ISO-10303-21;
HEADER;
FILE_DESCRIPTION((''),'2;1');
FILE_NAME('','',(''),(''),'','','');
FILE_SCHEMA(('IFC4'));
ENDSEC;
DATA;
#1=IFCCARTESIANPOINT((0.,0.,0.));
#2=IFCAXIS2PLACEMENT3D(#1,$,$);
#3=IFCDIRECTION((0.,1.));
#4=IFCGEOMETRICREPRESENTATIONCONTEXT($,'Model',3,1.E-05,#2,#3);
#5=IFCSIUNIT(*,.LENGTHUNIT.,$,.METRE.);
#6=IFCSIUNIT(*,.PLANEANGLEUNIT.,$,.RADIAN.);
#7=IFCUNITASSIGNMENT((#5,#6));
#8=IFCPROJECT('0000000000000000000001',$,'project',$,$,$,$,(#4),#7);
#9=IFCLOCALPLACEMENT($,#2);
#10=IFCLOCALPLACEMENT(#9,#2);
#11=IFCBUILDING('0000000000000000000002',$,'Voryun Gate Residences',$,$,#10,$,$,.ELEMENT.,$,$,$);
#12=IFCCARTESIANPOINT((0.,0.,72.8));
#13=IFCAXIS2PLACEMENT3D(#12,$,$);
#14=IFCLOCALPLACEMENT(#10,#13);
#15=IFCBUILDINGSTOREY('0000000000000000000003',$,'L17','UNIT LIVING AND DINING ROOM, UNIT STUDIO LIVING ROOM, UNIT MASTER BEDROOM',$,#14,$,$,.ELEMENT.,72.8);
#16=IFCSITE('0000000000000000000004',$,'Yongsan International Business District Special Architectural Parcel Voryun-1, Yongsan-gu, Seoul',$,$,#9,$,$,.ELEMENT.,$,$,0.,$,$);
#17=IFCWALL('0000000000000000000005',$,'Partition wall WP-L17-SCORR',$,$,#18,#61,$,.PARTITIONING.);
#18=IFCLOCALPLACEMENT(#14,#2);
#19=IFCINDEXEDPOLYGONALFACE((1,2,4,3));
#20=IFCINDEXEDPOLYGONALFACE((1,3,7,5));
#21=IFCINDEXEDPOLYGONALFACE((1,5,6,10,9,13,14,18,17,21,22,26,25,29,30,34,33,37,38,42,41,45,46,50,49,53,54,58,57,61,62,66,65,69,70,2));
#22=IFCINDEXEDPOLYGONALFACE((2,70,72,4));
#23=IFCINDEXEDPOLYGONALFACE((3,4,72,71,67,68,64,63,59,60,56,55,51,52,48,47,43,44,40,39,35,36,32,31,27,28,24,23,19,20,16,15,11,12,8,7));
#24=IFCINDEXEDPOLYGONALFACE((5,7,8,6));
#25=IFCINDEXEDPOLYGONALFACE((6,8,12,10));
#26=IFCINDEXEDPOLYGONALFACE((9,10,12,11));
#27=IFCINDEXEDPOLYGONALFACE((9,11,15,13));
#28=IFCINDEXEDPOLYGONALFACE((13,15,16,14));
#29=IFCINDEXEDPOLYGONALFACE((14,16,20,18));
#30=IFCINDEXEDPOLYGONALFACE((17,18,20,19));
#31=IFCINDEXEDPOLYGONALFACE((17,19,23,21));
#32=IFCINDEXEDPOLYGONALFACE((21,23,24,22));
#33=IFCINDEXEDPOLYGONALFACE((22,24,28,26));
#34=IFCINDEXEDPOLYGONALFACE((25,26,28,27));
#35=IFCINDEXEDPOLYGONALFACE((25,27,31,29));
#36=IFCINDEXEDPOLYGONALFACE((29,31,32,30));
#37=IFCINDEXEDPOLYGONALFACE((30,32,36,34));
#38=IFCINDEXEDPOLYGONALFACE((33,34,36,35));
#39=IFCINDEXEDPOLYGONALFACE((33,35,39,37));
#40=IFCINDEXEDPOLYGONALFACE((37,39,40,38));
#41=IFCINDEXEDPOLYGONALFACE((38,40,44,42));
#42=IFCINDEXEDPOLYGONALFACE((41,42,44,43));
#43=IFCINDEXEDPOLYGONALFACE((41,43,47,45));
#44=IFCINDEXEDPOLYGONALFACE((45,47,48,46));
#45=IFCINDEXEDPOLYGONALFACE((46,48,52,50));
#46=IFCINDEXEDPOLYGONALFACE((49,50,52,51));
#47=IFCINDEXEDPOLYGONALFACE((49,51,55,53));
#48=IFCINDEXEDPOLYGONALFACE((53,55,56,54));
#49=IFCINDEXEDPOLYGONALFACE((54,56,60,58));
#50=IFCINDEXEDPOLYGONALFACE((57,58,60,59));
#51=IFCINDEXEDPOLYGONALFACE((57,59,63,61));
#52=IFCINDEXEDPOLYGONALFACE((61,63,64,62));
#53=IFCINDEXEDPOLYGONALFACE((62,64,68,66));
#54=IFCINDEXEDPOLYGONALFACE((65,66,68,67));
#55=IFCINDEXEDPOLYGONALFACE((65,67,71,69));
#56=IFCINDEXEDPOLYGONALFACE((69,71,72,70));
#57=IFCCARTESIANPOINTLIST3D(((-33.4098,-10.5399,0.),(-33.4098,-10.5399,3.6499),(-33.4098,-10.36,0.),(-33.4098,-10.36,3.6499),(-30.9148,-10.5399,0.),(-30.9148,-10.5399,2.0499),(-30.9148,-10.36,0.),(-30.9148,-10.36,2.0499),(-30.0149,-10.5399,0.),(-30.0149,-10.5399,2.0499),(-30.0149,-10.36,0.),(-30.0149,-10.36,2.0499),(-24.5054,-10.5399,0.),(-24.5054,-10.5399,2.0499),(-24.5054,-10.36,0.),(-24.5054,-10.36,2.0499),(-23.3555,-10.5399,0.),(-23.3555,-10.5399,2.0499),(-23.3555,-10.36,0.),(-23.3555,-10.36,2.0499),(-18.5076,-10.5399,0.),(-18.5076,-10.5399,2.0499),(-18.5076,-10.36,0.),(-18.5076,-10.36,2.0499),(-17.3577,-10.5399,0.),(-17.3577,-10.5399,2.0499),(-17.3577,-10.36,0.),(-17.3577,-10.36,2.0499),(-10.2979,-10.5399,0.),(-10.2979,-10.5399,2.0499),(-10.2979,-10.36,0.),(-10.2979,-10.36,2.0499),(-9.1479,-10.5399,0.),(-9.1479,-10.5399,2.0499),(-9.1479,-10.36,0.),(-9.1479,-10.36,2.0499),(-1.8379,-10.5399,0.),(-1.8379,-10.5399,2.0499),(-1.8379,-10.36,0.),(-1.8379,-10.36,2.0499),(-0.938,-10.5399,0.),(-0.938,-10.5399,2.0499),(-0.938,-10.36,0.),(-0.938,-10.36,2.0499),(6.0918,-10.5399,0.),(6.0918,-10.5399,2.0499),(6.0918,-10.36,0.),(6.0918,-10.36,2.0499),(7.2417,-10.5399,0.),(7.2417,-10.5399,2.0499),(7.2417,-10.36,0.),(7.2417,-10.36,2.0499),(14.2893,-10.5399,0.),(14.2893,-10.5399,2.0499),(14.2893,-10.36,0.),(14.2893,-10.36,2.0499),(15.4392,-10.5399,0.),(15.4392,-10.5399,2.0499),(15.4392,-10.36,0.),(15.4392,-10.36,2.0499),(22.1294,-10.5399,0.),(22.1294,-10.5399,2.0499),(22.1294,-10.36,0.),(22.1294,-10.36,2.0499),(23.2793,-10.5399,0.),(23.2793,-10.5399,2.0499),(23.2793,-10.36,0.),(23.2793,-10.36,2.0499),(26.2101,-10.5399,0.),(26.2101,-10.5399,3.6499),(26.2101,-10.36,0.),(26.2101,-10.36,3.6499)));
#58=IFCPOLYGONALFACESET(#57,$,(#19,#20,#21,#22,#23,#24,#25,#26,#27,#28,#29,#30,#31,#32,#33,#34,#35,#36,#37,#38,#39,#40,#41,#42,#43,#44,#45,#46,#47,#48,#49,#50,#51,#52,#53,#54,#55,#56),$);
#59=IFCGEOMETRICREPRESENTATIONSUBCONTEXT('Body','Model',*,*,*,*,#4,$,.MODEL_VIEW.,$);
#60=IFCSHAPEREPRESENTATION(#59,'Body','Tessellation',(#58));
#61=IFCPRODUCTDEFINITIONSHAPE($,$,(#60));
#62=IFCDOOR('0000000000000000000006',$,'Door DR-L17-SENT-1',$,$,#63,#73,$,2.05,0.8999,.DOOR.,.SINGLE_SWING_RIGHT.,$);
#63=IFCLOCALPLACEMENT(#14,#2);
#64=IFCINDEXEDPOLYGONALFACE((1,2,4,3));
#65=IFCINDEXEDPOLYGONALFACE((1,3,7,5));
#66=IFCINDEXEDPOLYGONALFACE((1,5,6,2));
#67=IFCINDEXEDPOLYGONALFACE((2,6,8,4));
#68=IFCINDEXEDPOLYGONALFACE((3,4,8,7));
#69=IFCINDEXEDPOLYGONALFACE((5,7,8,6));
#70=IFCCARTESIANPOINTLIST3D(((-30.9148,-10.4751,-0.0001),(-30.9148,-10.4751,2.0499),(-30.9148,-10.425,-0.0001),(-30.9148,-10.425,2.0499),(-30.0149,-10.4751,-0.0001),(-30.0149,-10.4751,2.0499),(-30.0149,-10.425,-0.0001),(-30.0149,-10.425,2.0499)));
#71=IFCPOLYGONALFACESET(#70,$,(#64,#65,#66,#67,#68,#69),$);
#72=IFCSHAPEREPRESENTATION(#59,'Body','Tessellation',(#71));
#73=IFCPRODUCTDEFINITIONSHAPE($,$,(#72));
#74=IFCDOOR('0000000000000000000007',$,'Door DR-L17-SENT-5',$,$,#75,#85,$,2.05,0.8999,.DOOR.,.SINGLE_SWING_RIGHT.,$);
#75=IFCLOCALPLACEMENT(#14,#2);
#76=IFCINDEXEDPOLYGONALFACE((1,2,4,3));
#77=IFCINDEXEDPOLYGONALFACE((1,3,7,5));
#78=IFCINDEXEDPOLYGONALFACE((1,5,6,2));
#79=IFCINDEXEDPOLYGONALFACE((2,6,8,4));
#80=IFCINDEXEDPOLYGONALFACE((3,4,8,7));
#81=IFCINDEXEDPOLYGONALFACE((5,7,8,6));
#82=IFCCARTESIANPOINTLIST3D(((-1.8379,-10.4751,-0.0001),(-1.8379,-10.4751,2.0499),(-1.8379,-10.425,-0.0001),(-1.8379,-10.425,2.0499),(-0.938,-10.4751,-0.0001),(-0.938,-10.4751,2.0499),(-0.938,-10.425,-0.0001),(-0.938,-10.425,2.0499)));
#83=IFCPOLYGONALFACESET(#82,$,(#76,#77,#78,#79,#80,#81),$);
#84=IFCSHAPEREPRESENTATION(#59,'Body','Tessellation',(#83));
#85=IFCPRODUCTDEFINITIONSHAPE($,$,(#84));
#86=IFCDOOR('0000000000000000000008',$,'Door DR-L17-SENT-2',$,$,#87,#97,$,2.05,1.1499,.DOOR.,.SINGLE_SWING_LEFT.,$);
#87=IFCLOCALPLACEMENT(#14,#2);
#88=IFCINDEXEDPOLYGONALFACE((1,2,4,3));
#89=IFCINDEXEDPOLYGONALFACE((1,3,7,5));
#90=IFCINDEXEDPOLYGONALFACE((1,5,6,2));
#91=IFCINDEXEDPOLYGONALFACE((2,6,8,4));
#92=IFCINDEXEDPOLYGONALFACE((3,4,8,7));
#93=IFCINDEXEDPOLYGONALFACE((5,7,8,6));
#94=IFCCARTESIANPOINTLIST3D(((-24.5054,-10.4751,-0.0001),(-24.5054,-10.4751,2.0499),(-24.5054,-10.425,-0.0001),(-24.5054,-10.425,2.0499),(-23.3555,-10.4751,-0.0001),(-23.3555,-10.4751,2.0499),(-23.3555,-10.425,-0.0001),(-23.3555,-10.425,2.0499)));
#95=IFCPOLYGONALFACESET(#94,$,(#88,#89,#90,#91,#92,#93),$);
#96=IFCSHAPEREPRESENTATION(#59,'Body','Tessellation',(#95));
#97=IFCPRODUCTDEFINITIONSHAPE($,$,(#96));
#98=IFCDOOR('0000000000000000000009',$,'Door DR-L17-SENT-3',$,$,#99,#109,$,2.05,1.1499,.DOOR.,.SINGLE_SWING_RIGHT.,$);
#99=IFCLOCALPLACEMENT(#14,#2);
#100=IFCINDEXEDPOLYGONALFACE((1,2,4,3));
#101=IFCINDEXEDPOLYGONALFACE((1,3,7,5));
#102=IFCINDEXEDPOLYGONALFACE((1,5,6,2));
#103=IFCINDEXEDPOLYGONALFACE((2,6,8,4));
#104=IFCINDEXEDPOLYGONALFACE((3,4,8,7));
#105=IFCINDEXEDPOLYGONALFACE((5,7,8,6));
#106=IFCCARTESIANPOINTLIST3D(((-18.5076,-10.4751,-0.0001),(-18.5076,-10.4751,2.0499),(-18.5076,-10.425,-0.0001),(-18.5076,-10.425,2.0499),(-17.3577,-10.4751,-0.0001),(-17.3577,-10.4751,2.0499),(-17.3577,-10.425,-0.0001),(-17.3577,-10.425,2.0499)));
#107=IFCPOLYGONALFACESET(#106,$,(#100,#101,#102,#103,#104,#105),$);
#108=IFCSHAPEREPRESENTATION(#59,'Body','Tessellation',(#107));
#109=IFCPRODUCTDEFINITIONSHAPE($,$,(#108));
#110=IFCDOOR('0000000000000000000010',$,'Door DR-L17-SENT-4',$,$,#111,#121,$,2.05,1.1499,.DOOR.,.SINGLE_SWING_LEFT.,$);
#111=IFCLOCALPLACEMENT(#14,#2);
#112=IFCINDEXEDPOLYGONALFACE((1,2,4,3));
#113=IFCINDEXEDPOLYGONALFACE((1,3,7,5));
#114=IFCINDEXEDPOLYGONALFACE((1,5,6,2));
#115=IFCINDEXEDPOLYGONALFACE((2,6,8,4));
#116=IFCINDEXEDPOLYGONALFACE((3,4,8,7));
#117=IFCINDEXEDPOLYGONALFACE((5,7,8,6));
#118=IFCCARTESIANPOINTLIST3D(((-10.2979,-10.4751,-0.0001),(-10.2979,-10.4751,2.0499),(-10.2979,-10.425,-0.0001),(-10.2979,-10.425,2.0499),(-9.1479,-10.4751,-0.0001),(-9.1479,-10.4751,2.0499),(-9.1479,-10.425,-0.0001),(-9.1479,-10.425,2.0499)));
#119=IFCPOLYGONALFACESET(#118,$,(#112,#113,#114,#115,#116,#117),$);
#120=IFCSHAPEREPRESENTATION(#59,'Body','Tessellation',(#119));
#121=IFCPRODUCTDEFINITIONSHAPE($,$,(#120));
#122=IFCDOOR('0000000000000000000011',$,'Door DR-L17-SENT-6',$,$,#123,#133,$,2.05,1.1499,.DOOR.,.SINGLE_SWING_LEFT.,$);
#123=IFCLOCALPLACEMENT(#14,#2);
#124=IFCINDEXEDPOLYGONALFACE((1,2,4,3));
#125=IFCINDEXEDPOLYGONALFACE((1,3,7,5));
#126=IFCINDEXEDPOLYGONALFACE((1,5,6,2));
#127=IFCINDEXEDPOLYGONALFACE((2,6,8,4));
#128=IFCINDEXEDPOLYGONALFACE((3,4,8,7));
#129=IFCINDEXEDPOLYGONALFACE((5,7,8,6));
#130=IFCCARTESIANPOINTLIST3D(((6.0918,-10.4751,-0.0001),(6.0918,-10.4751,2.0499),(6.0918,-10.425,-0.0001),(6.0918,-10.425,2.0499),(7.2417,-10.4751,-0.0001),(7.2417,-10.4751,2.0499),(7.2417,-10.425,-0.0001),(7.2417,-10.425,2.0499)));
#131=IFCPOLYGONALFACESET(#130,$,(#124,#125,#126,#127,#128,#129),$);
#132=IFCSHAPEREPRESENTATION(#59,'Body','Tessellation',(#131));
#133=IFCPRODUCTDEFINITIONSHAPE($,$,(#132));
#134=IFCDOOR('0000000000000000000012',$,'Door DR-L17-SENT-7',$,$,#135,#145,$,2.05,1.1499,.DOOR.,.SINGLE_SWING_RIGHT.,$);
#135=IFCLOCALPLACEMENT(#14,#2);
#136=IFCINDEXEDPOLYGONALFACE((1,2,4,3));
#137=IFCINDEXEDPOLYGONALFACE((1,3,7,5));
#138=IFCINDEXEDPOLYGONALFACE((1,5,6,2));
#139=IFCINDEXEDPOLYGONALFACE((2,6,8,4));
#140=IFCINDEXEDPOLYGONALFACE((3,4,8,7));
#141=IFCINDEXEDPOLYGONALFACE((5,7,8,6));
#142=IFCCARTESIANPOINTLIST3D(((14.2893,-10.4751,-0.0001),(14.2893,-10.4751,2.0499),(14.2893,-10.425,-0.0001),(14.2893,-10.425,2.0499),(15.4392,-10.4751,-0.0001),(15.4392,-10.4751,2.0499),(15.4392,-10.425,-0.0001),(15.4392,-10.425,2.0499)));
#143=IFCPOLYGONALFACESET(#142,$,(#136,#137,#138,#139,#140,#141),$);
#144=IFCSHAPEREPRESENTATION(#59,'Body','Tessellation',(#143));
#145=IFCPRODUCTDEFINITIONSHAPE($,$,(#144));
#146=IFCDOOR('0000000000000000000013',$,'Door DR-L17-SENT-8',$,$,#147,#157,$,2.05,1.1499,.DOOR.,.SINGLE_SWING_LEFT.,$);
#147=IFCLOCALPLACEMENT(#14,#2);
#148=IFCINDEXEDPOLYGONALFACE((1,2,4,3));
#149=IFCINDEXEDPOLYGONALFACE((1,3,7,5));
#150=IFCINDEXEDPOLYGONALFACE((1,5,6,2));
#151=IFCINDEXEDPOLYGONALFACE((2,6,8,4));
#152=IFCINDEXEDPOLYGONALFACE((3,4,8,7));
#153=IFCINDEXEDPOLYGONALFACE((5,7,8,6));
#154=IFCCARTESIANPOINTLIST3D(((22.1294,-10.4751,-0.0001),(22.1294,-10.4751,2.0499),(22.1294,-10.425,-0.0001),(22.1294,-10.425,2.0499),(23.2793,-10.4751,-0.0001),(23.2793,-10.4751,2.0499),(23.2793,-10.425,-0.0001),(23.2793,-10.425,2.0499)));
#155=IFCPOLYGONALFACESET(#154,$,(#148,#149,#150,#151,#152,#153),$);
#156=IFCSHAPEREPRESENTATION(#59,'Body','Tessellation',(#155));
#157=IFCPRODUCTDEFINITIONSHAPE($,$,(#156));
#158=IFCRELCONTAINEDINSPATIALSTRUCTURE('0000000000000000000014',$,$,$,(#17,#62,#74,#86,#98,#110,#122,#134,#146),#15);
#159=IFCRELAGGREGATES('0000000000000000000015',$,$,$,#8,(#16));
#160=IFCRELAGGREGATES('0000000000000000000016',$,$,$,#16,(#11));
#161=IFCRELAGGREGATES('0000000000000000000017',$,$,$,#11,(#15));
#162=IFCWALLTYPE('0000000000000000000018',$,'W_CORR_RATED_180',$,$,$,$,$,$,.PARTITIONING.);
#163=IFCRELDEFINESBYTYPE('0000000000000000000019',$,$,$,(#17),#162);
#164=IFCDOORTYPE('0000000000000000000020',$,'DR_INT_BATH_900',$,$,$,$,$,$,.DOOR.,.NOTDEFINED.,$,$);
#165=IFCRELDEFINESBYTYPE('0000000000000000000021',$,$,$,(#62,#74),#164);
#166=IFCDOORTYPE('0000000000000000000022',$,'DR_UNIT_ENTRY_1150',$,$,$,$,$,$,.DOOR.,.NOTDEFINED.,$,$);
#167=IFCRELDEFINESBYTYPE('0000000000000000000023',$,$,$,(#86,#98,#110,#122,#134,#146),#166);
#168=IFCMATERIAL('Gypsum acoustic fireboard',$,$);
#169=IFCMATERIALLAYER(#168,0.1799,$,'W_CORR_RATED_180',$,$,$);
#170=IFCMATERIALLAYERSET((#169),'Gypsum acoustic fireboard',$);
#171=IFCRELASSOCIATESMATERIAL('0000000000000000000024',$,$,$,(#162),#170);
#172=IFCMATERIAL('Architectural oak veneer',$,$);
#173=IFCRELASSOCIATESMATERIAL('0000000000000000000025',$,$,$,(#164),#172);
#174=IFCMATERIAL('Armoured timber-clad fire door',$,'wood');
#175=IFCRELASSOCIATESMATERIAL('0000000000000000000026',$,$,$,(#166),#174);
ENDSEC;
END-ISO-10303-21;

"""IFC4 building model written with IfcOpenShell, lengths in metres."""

from ifc_helpers import new_model, si_unit, direction, frame, frame_2d, origin, place, context, subcontext, project, spatial, rectangle, extrude, material, layer, layer_set, type_object, element, fill, save


model = new_model("IFC4")

# Units and contexts
model_context = context("Model", 3, precision=1e-05, world=origin(), true_north=direction((0.0, 1.0)))
body_context = subcontext(model_context, "Body", "Model", "MODEL_VIEW")
ifc_project = project(units=[si_unit("LENGTHUNIT", "METRE"), si_unit("PLANEANGLEUNIT", "RADIAN")], contexts=[model_context])

# Site, building, storey
site_placement = place(None, origin())
site = spatial("IfcSite", under=ifc_project, at=site_placement, Name="Yongsan International Business District Special Architectural Parcel Voryun-1, Yongsan-gu, Seoul", CompositionType="ELEMENT", RefElevation=0.0)
building_placement = place(site_placement, origin())
building = spatial("IfcBuilding", under=site, at=building_placement, Name="Voryun Gate Residences", CompositionType="ELEMENT")
storey_placement = place(building_placement, frame((0.0, 0.0, 72.8)))
storey = spatial("IfcBuildingStorey", under=building, at=storey_placement, Name="L17", Description="UNIT LIVING AND DINING ROOM, UNIT STUDIO LIVING ROOM, UNIT MASTER BEDROOM", CompositionType="ELEMENT", Elevation=72.8)

# Shared definitions
ifc_material_1 = material(Name="Gypsum acoustic fireboard")
ifc_layer_1 = layer(ifc_material_1, 0.1799, Name="W_CORR_RATED_180")
ifc_layer_set_1 = layer_set([ifc_layer_1], Name="Gypsum acoustic fireboard")
wall_type_1 = type_object("IfcWallType", Name="W_CORR_RATED_180", PredefinedType="PARTITIONING", material=ifc_layer_set_1)

# Wall, openings, doors
wall_1_placement = place(storey_placement, frame((-33.4099, -10.45, 0.0), z_axis=(0.0, 0.0, 1.0), x_axis=(1.0, 0.0, 0.0)))
wall_1 = element("IfcWall", 1, at=wall_1_placement, inside=storey, type_object=wall_type_1, Name="Partition wall WP-L17-SCORR", PredefinedType="PARTITIONING", context=body_context, shape_type="SweptSolid", body=[
    extrude(rectangle(XDim=59.6199, YDim=0.1799, at=frame_2d((29.8101, 0.0))), origin(), (0.0, 0.0, 1.0), 3.6499),
])
opening_1_placement = place(wall_1_placement, frame((2.4951, 0.0, 0.0)))
opening_1 = element("IfcOpeningElement", 2, at=opening_1_placement, cuts=wall_1, PredefinedType="OPENING", context=body_context, shape_type="SweptSolid", body=[
    extrude(rectangle(XDim=0.8999, YDim=2.05, at=frame_2d((0.45, 1.0249))), frame((0.0, 0.0999, 0.0), z_axis=(0.0, -1.0, 0.0), x_axis=(1.0, 0.0, 0.0)), (0.0, 0.0, 1.0), 0.2),
])
opening_2_placement = place(wall_1_placement, frame((8.9045, 0.0, 0.0)))
opening_2 = element("IfcOpeningElement", 3, at=opening_2_placement, cuts=wall_1, PredefinedType="OPENING", context=body_context, shape_type="SweptSolid", body=[
    extrude(rectangle(XDim=1.1499, YDim=2.05, at=frame_2d((0.575, 1.0249))), frame((0.0, 0.0999, 0.0), z_axis=(0.0, -1.0, 0.0), x_axis=(1.0, 0.0, 0.0)), (0.0, 0.0, 1.0), 0.2),
])
opening_3_placement = place(wall_1_placement, frame((14.9023, 0.0, 0.0)))
opening_3 = element("IfcOpeningElement", 4, at=opening_3_placement, cuts=wall_1, PredefinedType="OPENING", context=body_context, shape_type="SweptSolid", body=[
    extrude(rectangle(XDim=1.1499, YDim=2.05, at=frame_2d((0.575, 1.0249))), frame((0.0, 0.0999, 0.0), z_axis=(0.0, -1.0, 0.0), x_axis=(1.0, 0.0, 0.0)), (0.0, 0.0, 1.0), 0.2),
])
opening_4_placement = place(wall_1_placement, frame((23.1121, 0.0, 0.0)))
opening_4 = element("IfcOpeningElement", 5, at=opening_4_placement, cuts=wall_1, PredefinedType="OPENING", context=body_context, shape_type="SweptSolid", body=[
    extrude(rectangle(XDim=1.1499, YDim=2.05, at=frame_2d((0.575, 1.0249))), frame((0.0, 0.0999, 0.0), z_axis=(0.0, -1.0, 0.0), x_axis=(1.0, 0.0, 0.0)), (0.0, 0.0, 1.0), 0.2),
])
opening_5_placement = place(wall_1_placement, frame((31.572, 0.0, 0.0)))
opening_5 = element("IfcOpeningElement", 6, at=opening_5_placement, cuts=wall_1, PredefinedType="OPENING", context=body_context, shape_type="SweptSolid", body=[
    extrude(rectangle(XDim=0.8999, YDim=2.05, at=frame_2d((0.45, 1.0249))), frame((0.0, 0.0999, 0.0), z_axis=(0.0, -1.0, 0.0), x_axis=(1.0, 0.0, 0.0)), (0.0, 0.0, 1.0), 0.2),
])
opening_6_placement = place(wall_1_placement, frame((39.5017, 0.0, 0.0)))
opening_6 = element("IfcOpeningElement", 7, at=opening_6_placement, cuts=wall_1, PredefinedType="OPENING", context=body_context, shape_type="SweptSolid", body=[
    extrude(rectangle(XDim=1.1499, YDim=2.05, at=frame_2d((0.575, 1.0249))), frame((0.0, 0.0999, 0.0), z_axis=(0.0, -1.0, 0.0), x_axis=(1.0, 0.0, 0.0)), (0.0, 0.0, 1.0), 0.2),
])
opening_7_placement = place(wall_1_placement, frame((47.6992, 0.0, 0.0)))
opening_7 = element("IfcOpeningElement", 8, at=opening_7_placement, cuts=wall_1, PredefinedType="OPENING", context=body_context, shape_type="SweptSolid", body=[
    extrude(rectangle(XDim=1.1499, YDim=2.05, at=frame_2d((0.575, 1.0249))), frame((0.0, 0.0999, 0.0), z_axis=(0.0, -1.0, 0.0), x_axis=(1.0, 0.0, 0.0)), (0.0, 0.0, 1.0), 0.2),
])
opening_8_placement = place(wall_1_placement, frame((55.5393, 0.0, 0.0)))
opening_8 = element("IfcOpeningElement", 9, at=opening_8_placement, cuts=wall_1, PredefinedType="OPENING", context=body_context, shape_type="SweptSolid", body=[
    extrude(rectangle(XDim=1.1499, YDim=2.05, at=frame_2d((0.575, 1.0249))), frame((0.0, 0.0999, 0.0), z_axis=(0.0, -1.0, 0.0), x_axis=(1.0, 0.0, 0.0)), (0.0, 0.0, 1.0), 0.2),
])
ifc_material_2 = material(Name="Architectural oak veneer")
door_type_1 = type_object("IfcDoorType", Name="DR_INT_BATH_900", OperationType="NOTDEFINED", PredefinedType="DOOR", material=ifc_material_2)
door_1_placement = place(opening_1_placement, origin())
door_1 = element("IfcDoor", 10, at=door_1_placement, inside=storey, type_object=door_type_1, Name="Door DR-L17-SENT-1", OperationType="SINGLE_SWING_RIGHT", OverallHeight=2.05, OverallWidth=0.8999, PredefinedType="DOOR", context=body_context, shape_type="SweptSolid", body=[
    extrude(rectangle(XDim=0.8999, YDim=2.05, at=frame_2d((0.45, 1.0249))), frame((0.0, 0.0249, 0.0), z_axis=(0.0, -1.0, 0.0), x_axis=(1.0, 0.0, 0.0)), (0.0, 0.0, 1.0), 0.05),
])
fill(opening_1, door_1)
door_2_placement = place(opening_5_placement, origin())
door_2 = element("IfcDoor", 11, at=door_2_placement, inside=storey, type_object=door_type_1, Name="Door DR-L17-SENT-5", OperationType="SINGLE_SWING_RIGHT", OverallHeight=2.05, OverallWidth=0.8999, PredefinedType="DOOR", context=body_context, shape_type="SweptSolid", body=[
    extrude(rectangle(XDim=0.8999, YDim=2.05, at=frame_2d((0.45, 1.0249))), frame((0.0, 0.0249, 0.0), z_axis=(0.0, -1.0, 0.0), x_axis=(1.0, 0.0, 0.0)), (0.0, 0.0, 1.0), 0.05),
])
fill(opening_5, door_2)
ifc_material_3 = material(Name="Armoured timber-clad fire door", Category="wood")
door_type_2 = type_object("IfcDoorType", Name="DR_UNIT_ENTRY_1150", OperationType="NOTDEFINED", PredefinedType="DOOR", material=ifc_material_3)
door_3_placement = place(opening_2_placement, origin())
door_3 = element("IfcDoor", 12, at=door_3_placement, inside=storey, type_object=door_type_2, Name="Door DR-L17-SENT-2", OperationType="SINGLE_SWING_LEFT", OverallHeight=2.05, OverallWidth=1.1499, PredefinedType="DOOR", context=body_context, shape_type="SweptSolid", body=[
    extrude(rectangle(XDim=1.1499, YDim=2.05, at=frame_2d((0.575, 1.0249))), frame((0.0, 0.0249, 0.0), z_axis=(0.0, -1.0, 0.0), x_axis=(1.0, 0.0, 0.0)), (0.0, 0.0, 1.0), 0.05),
])
fill(opening_2, door_3)
door_4_placement = place(opening_3_placement, origin())
door_4 = element("IfcDoor", 13, at=door_4_placement, inside=storey, type_object=door_type_2, Name="Door DR-L17-SENT-3", OperationType="SINGLE_SWING_RIGHT", OverallHeight=2.05, OverallWidth=1.1499, PredefinedType="DOOR", context=body_context, shape_type="SweptSolid", body=[
    extrude(rectangle(XDim=1.1499, YDim=2.05, at=frame_2d((0.575, 1.0249))), frame((0.0, 0.0249, 0.0), z_axis=(0.0, -1.0, 0.0), x_axis=(1.0, 0.0, 0.0)), (0.0, 0.0, 1.0), 0.05),
])
fill(opening_3, door_4)
door_5_placement = place(opening_4_placement, origin())
door_5 = element("IfcDoor", 14, at=door_5_placement, inside=storey, type_object=door_type_2, Name="Door DR-L17-SENT-4", OperationType="SINGLE_SWING_LEFT", OverallHeight=2.05, OverallWidth=1.1499, PredefinedType="DOOR", context=body_context, shape_type="SweptSolid", body=[
    extrude(rectangle(XDim=1.1499, YDim=2.05, at=frame_2d((0.575, 1.0249))), frame((0.0, 0.0249, 0.0), z_axis=(0.0, -1.0, 0.0), x_axis=(1.0, 0.0, 0.0)), (0.0, 0.0, 1.0), 0.05),
])
fill(opening_4, door_5)
door_6_placement = place(opening_6_placement, origin())
door_6 = element("IfcDoor", 15, at=door_6_placement, inside=storey, type_object=door_type_2, Name="Door DR-L17-SENT-6", OperationType="SINGLE_SWING_LEFT", OverallHeight=2.05, OverallWidth=1.1499, PredefinedType="DOOR", context=body_context, shape_type="SweptSolid", body=[
    extrude(rectangle(XDim=1.1499, YDim=2.05, at=frame_2d((0.575, 1.0249))), frame((0.0, 0.0249, 0.0), z_axis=(0.0, -1.0, 0.0), x_axis=(1.0, 0.0, 0.0)), (0.0, 0.0, 1.0), 0.05),
])
fill(opening_6, door_6)
door_7_placement = place(opening_7_placement, origin())
door_7 = element("IfcDoor", 16, at=door_7_placement, inside=storey, type_object=door_type_2, Name="Door DR-L17-SENT-7", OperationType="SINGLE_SWING_RIGHT", OverallHeight=2.05, OverallWidth=1.1499, PredefinedType="DOOR", context=body_context, shape_type="SweptSolid", body=[
    extrude(rectangle(XDim=1.1499, YDim=2.05, at=frame_2d((0.575, 1.0249))), frame((0.0, 0.0249, 0.0), z_axis=(0.0, -1.0, 0.0), x_axis=(1.0, 0.0, 0.0)), (0.0, 0.0, 1.0), 0.05),
])
fill(opening_7, door_7)
door_8_placement = place(opening_8_placement, origin())
door_8 = element("IfcDoor", 17, at=door_8_placement, inside=storey, type_object=door_type_2, Name="Door DR-L17-SENT-8", OperationType="SINGLE_SWING_LEFT", OverallHeight=2.05, OverallWidth=1.1499, PredefinedType="DOOR", context=body_context, shape_type="SweptSolid", body=[
    extrude(rectangle(XDim=1.1499, YDim=2.05, at=frame_2d((0.575, 1.0249))), frame((0.0, 0.0249, 0.0), z_axis=(0.0, -1.0, 0.0), x_axis=(1.0, 0.0, 0.0)), (0.0, 0.0, 1.0), 0.05),
])
fill(opening_8, door_8)

save(model, "model.ifc")
